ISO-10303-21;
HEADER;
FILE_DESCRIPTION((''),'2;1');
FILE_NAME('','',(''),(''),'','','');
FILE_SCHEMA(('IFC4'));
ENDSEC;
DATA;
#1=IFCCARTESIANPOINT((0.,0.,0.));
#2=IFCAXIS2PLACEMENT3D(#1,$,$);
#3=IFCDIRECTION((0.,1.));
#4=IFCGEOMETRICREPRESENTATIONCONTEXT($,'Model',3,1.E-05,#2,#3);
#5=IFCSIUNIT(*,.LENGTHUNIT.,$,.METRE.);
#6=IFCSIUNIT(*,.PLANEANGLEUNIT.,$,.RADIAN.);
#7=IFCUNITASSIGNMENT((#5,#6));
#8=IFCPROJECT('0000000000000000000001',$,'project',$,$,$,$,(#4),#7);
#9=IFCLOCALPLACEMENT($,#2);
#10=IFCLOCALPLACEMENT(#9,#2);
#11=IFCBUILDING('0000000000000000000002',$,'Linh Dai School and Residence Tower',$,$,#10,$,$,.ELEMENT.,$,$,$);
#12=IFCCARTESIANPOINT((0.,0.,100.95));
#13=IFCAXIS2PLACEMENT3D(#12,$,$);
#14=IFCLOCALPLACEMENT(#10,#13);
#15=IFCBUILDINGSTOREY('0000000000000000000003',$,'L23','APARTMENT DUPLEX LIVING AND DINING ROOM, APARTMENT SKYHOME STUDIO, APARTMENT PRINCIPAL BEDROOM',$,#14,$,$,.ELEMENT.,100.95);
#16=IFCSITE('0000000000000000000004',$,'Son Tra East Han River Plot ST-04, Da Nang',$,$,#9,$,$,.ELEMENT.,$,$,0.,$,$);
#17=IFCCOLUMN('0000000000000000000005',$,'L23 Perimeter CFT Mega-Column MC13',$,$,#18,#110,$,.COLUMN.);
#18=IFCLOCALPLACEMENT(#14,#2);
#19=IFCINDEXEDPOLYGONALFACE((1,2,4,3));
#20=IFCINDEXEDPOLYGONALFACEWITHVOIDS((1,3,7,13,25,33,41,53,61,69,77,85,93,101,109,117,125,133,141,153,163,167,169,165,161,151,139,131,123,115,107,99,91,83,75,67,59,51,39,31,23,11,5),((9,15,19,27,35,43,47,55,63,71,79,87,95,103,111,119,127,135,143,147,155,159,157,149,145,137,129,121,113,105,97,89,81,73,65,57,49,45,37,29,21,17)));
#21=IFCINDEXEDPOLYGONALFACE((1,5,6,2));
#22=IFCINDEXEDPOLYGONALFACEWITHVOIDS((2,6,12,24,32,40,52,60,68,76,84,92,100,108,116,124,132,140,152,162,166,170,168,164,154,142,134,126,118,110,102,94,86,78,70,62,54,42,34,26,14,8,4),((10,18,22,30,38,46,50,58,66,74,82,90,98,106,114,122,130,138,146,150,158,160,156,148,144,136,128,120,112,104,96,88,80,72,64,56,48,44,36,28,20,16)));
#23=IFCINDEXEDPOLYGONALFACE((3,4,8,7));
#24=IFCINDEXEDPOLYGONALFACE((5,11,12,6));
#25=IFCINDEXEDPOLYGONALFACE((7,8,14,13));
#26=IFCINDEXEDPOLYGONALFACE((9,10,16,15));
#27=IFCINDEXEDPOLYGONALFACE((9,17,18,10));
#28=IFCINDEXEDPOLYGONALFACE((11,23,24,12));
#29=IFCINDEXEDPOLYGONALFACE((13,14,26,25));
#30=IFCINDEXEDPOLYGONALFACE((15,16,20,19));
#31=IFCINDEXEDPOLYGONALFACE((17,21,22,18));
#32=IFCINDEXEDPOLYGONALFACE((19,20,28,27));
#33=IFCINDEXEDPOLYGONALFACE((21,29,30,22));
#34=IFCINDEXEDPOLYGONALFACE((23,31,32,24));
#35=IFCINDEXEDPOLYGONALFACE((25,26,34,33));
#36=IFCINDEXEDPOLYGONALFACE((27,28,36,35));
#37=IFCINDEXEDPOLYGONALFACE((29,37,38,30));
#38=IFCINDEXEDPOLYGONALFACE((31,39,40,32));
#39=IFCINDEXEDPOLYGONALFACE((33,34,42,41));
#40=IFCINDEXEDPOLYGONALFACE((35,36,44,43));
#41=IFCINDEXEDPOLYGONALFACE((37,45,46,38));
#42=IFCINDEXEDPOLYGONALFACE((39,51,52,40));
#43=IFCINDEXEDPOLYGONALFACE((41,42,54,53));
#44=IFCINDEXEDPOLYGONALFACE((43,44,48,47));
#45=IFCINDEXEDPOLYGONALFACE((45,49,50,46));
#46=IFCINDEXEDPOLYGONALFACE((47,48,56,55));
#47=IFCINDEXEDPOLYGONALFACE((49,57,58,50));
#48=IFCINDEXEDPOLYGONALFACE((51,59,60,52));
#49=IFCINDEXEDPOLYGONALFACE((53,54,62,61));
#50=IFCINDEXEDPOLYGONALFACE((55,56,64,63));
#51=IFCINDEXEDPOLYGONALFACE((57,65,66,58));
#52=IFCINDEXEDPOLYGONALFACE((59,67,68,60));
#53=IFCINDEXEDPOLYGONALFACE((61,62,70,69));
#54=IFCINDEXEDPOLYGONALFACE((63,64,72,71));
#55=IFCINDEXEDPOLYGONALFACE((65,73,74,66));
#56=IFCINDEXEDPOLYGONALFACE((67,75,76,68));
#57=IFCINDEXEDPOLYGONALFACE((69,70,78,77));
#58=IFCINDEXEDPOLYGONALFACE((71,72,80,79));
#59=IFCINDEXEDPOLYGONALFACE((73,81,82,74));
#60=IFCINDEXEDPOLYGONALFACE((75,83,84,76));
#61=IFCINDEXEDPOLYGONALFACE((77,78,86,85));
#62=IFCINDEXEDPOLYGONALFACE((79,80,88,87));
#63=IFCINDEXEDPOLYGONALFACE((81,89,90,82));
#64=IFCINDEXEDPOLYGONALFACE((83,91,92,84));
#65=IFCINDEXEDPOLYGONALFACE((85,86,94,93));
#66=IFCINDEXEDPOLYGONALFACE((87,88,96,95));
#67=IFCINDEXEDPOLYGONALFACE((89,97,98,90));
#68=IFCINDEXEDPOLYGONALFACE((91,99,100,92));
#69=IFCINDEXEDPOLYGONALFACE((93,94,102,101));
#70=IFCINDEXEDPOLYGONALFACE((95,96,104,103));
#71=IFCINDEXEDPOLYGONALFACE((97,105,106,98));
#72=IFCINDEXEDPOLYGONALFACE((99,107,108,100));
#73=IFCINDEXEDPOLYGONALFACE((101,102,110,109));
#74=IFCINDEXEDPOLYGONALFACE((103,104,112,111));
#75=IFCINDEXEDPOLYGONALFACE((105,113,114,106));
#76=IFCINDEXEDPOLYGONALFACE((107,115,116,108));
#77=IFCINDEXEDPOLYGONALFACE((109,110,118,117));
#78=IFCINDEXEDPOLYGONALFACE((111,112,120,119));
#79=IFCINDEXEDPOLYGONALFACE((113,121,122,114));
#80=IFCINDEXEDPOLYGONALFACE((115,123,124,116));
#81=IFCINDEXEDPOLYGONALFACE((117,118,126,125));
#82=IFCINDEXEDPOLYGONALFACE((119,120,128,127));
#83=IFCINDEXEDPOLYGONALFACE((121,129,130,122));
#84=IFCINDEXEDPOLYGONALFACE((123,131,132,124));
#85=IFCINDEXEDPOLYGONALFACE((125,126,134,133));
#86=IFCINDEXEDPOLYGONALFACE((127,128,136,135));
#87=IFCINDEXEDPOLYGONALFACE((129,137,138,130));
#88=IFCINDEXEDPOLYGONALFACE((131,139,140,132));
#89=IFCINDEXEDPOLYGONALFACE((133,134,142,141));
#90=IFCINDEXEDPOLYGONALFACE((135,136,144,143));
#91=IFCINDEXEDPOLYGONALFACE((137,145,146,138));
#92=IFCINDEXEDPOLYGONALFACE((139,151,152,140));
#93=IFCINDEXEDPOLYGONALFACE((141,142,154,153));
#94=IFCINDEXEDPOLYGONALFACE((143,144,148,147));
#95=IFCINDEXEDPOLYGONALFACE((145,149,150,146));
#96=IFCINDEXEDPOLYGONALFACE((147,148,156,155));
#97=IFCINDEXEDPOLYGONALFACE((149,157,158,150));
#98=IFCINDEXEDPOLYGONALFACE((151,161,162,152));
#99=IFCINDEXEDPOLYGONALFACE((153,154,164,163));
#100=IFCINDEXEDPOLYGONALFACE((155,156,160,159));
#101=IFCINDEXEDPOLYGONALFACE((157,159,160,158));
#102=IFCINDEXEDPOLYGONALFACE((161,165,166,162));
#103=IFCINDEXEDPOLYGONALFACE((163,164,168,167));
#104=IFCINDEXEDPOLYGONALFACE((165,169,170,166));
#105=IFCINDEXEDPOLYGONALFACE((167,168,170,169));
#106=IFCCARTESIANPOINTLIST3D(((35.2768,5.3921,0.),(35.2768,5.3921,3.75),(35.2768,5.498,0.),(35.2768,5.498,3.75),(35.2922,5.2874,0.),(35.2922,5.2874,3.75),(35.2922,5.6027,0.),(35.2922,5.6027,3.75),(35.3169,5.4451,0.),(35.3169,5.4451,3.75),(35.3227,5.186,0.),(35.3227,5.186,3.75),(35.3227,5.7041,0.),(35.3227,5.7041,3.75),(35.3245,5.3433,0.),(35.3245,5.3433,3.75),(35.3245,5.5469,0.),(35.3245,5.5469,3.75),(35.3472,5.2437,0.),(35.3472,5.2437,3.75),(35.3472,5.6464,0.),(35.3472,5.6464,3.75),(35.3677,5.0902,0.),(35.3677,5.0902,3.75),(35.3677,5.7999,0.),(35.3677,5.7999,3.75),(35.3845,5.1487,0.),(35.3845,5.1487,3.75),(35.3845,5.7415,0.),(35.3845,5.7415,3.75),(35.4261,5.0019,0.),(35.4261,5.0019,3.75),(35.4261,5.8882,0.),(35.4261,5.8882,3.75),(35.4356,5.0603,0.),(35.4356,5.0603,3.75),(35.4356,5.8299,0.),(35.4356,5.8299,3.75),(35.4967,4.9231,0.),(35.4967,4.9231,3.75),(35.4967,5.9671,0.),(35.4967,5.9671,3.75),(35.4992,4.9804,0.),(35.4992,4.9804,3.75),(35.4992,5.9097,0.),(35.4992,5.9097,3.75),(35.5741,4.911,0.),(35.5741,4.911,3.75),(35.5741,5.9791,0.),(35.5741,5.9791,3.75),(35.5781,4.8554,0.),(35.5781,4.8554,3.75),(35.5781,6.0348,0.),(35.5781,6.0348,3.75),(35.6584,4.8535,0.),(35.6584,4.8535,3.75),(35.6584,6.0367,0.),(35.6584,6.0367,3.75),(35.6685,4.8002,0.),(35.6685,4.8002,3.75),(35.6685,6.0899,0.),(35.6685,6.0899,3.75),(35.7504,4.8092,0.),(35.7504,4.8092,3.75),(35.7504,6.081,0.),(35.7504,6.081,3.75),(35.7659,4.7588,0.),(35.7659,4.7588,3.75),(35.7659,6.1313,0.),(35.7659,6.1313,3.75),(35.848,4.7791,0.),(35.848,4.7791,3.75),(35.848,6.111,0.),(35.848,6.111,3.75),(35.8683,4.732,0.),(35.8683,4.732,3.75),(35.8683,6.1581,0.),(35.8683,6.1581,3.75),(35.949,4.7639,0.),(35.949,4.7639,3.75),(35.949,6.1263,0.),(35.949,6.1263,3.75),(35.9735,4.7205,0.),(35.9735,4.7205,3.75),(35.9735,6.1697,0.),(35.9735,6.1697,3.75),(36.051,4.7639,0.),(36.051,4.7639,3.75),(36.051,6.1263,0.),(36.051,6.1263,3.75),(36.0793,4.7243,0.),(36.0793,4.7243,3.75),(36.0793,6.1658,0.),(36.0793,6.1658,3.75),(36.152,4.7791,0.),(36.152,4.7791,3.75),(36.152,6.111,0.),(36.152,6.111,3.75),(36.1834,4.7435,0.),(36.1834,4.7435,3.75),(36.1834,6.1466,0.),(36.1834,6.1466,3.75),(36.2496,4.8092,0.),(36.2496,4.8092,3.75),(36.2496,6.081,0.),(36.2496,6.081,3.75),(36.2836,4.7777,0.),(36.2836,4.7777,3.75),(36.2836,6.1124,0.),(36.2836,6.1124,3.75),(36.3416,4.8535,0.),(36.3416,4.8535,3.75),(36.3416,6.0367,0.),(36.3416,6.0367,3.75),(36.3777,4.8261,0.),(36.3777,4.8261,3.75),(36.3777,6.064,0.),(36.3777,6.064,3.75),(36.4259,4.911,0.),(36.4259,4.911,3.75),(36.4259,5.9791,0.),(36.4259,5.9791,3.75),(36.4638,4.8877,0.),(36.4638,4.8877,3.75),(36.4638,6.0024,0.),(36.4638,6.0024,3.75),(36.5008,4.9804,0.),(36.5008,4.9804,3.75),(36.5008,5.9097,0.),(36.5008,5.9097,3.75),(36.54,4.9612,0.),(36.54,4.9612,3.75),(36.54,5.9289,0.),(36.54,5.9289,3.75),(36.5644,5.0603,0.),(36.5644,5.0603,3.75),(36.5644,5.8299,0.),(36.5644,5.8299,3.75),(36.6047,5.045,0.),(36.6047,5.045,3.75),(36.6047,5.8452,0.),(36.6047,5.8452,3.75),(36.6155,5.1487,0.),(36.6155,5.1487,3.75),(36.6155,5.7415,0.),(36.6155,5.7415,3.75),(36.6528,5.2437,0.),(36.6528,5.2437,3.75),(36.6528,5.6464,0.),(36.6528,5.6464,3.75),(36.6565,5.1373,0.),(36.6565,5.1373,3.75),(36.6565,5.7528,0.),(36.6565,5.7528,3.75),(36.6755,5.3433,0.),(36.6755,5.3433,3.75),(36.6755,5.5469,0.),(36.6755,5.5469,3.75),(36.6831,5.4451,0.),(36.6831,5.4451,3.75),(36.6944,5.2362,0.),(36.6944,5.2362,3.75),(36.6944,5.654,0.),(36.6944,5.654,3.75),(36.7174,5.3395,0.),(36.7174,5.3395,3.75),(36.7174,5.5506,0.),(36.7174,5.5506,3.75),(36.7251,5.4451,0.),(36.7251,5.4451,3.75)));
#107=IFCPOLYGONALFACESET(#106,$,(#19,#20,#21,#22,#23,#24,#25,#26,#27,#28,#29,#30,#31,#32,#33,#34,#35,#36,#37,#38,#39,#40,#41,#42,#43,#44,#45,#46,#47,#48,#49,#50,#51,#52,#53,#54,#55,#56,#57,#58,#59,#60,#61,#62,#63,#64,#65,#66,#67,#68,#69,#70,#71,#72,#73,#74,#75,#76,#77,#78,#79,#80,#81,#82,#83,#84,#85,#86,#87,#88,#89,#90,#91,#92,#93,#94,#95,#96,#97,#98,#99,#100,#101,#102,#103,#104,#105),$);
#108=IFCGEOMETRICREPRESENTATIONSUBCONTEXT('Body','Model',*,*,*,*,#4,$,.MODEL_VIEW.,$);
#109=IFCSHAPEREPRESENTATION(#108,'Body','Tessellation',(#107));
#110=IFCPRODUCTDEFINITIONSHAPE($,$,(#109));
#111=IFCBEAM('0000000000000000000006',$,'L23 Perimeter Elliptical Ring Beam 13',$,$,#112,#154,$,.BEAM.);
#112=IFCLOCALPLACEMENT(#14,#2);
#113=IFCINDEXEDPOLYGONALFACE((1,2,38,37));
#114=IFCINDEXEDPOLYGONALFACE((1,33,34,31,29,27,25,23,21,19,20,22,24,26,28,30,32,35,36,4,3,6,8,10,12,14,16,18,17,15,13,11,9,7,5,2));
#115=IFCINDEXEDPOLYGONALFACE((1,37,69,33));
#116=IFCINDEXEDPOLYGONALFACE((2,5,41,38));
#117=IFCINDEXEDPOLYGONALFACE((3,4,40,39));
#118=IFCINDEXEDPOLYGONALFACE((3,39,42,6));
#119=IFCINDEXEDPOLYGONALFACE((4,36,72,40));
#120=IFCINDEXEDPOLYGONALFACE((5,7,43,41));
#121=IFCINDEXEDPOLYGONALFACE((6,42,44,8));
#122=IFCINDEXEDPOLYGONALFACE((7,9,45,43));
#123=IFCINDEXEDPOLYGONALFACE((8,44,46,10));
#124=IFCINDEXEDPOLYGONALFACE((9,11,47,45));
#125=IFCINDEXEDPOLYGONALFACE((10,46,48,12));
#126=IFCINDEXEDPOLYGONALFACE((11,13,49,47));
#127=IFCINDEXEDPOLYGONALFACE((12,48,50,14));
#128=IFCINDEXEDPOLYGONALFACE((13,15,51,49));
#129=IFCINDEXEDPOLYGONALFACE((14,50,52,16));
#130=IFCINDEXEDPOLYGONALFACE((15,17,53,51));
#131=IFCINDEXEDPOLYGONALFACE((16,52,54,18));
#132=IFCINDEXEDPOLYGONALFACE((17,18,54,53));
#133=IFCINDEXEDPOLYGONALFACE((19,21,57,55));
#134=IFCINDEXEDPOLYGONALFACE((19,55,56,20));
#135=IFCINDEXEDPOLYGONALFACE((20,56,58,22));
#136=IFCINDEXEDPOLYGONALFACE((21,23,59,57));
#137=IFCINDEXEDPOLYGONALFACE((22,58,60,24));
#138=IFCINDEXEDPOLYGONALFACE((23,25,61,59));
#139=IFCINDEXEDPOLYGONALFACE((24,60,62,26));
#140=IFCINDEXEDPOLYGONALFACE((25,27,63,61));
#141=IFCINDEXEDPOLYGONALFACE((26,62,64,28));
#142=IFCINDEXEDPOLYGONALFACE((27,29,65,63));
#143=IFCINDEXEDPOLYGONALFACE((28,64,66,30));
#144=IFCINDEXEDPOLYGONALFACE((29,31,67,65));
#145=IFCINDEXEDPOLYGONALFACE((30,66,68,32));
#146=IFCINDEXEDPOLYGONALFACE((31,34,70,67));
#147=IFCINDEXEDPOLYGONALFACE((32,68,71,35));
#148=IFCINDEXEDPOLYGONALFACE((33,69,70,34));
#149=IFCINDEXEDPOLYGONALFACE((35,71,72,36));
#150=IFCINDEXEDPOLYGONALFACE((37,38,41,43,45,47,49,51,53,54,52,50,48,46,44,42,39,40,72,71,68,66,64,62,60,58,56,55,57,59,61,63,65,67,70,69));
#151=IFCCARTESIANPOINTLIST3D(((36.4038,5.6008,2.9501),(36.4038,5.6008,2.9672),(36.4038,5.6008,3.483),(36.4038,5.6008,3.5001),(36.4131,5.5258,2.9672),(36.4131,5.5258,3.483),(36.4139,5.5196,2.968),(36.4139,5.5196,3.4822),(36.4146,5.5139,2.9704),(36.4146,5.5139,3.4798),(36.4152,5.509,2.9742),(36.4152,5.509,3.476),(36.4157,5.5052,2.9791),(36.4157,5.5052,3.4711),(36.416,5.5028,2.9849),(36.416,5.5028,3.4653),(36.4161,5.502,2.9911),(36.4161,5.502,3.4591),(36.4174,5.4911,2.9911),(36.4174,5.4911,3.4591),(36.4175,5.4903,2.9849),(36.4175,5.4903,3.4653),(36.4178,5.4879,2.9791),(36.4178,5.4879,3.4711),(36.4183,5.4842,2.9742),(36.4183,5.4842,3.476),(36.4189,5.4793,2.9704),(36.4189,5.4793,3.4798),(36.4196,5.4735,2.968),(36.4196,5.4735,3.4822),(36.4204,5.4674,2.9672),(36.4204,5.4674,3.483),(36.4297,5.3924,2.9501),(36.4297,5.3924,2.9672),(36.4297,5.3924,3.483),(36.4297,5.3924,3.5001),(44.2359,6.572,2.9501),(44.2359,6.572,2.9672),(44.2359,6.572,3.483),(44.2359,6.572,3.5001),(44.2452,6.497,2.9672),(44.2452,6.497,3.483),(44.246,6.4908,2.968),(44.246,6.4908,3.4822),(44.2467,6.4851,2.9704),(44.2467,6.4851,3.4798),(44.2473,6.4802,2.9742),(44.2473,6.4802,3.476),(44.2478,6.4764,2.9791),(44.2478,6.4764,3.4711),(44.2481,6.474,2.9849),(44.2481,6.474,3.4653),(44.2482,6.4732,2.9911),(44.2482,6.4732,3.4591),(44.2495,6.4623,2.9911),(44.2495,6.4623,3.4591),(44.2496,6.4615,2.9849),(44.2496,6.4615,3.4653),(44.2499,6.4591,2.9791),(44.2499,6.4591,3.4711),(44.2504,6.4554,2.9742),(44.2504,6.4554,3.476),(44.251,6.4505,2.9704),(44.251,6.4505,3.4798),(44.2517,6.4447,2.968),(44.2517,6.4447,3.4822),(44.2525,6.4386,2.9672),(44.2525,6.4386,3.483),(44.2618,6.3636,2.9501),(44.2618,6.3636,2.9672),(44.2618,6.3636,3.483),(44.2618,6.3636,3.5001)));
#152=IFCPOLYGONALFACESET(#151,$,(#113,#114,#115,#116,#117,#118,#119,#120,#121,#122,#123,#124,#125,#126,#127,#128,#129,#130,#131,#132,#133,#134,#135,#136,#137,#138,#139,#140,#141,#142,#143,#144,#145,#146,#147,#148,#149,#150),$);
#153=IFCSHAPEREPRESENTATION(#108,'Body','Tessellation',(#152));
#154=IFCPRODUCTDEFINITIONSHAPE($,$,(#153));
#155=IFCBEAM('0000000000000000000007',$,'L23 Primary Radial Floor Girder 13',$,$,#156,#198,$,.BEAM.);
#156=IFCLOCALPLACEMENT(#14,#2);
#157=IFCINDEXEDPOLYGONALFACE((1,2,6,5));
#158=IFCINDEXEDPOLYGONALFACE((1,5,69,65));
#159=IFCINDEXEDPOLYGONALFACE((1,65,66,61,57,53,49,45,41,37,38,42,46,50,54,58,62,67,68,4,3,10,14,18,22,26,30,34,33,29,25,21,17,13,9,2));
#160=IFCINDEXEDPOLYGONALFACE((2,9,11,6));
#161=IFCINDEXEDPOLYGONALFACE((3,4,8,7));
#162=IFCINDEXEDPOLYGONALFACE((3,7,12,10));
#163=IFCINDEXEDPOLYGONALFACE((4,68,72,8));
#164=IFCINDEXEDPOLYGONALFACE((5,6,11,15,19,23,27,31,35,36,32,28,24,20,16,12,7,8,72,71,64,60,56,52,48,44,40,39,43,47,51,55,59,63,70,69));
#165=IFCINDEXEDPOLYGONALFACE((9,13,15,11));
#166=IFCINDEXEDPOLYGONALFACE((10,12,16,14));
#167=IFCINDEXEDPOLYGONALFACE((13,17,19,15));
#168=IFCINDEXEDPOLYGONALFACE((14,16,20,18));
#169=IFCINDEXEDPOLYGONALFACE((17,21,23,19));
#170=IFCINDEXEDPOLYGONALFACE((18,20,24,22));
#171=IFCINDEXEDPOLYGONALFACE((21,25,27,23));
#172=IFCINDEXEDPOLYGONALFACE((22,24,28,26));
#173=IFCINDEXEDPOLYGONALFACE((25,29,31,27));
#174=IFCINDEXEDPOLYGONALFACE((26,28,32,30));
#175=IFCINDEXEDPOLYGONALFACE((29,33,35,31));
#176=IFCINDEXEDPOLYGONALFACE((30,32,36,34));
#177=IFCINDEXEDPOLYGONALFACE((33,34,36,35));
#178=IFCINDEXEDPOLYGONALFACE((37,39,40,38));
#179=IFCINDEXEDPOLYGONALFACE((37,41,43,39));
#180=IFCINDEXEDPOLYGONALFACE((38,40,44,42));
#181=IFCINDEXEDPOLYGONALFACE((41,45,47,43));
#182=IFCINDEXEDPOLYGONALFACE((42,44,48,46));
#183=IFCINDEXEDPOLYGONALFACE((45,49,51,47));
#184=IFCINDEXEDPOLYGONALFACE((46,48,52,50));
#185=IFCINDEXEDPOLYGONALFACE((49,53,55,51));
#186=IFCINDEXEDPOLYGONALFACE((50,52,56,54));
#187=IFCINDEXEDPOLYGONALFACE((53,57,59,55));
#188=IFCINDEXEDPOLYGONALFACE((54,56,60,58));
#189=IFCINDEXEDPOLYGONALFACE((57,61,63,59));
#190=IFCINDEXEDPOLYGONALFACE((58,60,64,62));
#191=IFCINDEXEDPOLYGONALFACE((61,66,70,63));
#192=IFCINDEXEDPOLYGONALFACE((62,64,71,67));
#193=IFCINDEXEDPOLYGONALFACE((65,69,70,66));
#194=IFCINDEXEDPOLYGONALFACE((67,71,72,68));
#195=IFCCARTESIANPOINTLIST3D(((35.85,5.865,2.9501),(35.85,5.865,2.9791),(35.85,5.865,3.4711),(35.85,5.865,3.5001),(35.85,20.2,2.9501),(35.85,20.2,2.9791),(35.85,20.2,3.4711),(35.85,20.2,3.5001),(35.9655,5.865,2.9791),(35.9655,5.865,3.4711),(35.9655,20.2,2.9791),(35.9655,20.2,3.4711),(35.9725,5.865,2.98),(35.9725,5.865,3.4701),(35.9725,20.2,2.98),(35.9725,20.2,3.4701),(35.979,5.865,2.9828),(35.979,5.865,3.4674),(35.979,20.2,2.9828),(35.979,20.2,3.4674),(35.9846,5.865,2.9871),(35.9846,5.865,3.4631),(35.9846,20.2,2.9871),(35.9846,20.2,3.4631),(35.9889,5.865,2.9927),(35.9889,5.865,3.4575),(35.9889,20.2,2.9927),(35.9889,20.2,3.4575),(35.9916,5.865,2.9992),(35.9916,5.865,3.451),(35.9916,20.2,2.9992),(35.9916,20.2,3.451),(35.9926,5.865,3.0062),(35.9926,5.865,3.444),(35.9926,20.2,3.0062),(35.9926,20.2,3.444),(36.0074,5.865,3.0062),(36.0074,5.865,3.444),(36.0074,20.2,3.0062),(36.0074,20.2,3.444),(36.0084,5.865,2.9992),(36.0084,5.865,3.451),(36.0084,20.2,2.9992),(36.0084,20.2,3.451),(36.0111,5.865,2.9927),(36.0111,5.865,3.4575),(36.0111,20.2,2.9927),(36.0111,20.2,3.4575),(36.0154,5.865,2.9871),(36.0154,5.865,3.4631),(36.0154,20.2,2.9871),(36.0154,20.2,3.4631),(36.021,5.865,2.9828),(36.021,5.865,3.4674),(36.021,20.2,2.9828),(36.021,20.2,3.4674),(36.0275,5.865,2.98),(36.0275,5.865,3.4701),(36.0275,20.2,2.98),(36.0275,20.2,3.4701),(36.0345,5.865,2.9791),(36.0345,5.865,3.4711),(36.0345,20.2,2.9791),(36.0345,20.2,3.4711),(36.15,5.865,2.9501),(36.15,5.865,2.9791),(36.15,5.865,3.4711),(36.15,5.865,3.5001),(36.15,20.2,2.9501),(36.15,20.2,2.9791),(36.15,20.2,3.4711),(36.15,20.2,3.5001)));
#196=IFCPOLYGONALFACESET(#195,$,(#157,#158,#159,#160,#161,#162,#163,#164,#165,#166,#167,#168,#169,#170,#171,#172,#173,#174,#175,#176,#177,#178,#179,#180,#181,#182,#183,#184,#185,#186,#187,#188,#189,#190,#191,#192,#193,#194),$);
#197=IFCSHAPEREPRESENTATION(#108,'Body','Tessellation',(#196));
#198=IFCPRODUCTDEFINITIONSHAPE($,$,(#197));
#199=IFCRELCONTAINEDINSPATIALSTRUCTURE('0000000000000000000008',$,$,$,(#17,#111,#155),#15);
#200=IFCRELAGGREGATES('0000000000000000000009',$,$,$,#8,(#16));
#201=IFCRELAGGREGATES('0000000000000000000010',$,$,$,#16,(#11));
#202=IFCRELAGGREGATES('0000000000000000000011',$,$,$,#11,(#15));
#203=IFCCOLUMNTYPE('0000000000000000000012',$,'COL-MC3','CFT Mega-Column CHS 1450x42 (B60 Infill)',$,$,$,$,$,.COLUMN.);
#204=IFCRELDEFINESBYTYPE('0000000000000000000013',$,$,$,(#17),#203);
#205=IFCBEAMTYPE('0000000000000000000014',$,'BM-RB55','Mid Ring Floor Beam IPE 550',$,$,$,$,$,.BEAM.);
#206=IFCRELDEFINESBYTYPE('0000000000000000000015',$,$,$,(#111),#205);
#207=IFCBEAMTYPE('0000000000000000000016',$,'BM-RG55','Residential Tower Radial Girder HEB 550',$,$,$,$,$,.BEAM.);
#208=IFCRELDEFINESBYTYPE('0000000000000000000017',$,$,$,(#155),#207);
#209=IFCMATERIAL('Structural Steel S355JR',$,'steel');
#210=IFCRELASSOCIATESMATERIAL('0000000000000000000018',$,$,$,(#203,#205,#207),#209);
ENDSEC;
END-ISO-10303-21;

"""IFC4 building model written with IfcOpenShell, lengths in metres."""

from ifc_helpers import new_model, si_unit, direction, frame, origin, origin_2d, place, context, subcontext, project, spatial, hollow_circle, i_section, extrude, material, material_profile, profile_set, type_object, element, save


model = new_model("IFC4")

# Units and contexts
model_context = context("Model", 3, precision=1e-05, world=origin(), true_north=direction((0.0, 1.0)))
body_context = subcontext(model_context, "Body", "Model", "MODEL_VIEW")
ifc_project = project(units=[si_unit("LENGTHUNIT", "METRE"), si_unit("PLANEANGLEUNIT", "RADIAN")], contexts=[model_context])

# Site, building, storey
site_placement = place(None, origin())
site = spatial("IfcSite", under=ifc_project, at=site_placement, Name="Son Tra East Han River Plot ST-04, Da Nang", CompositionType="ELEMENT", RefElevation=0.0)
building_placement = place(site_placement, origin())
building = spatial("IfcBuilding", under=site, at=building_placement, Name="Linh Dai School and Residence Tower", CompositionType="ELEMENT")
storey_placement = place(building_placement, frame((0.0, 0.0, 100.95)))
storey = spatial("IfcBuildingStorey", under=building, at=storey_placement, Name="L23", Description="APARTMENT DUPLEX LIVING AND DINING ROOM, APARTMENT SKYHOME STUDIO, APARTMENT PRINCIPAL BEDROOM", CompositionType="ELEMENT", Elevation=100.95)

# Column
ifc_material_1 = material(Name="Structural Steel S355JR", Category="steel")
ifc_material_profile_1 = material_profile(ifc_material_1, hollow_circle(Radius=0.7251, WallThickness=0.042, at=origin_2d()), Name="CHS 1450x42")
ifc_profile_set_1 = profile_set([ifc_material_profile_1], Name="Structural Steel S355JR")
column_type_1 = type_object("IfcColumnType", Name="COL-MC3", Description="CFT Mega-Column CHS 1450x42 (B60 Infill)", PredefinedType="COLUMN", material=ifc_profile_set_1)
column_placement = place(storey_placement, frame((36.0, 5.4451, 0.0), z_axis=(0.0, 0.0, 1.0), x_axis=(1.0, 0.0, 0.0)))
element("IfcColumn", 1, at=column_placement, inside=storey, type_object=column_type_1, Name="L23 Perimeter CFT Mega-Column MC13", PredefinedType="COLUMN", context=body_context, shape_type="SweptSolid", body=[
    extrude(hollow_circle(Radius=0.7251, WallThickness=0.042, at=origin_2d()), origin(), (0.0, 0.0, 1.0), 3.75),
])

# Beams
ifc_material_profile_2 = material_profile(ifc_material_1, i_section(OverallWidth=0.21, OverallDepth=0.55, WebThickness=0.011, FlangeThickness=0.0171, FilletRadius=0.0239, at=origin_2d()), Name="IPE 550")
ifc_profile_set_2 = profile_set([ifc_material_profile_2], Name="Structural Steel S355JR")
beam_type_1 = type_object("IfcBeamType", Name="BM-RB55", Description="Mid Ring Floor Beam IPE 550", PredefinedType="BEAM", material=ifc_profile_set_2)
beam_1_placement = place(storey_placement, frame((36.4167, 5.4966, 3.2251), z_axis=(0.992399, 0.12306, 0.0), x_axis=(-0.12306, 0.992399, 0.0)))
element("IfcBeam", 2, at=beam_1_placement, inside=storey, type_object=beam_type_1, Name="L23 Perimeter Elliptical Ring Beam 13", PredefinedType="BEAM", context=body_context, shape_type="SweptSolid", body=[
    extrude(i_section(OverallWidth=0.21, OverallDepth=0.55, WebThickness=0.011, FlangeThickness=0.0171, FilletRadius=0.0239, at=origin_2d()), origin(), (0.0, 0.0, 1.0), 7.8921),
])
ifc_material_profile_3 = material_profile(ifc_material_1, i_section(OverallWidth=0.3, OverallDepth=0.55, WebThickness=0.0149, FlangeThickness=0.0291, FilletRadius=0.0271, at=origin_2d()), Name="HEB 550")
ifc_profile_set_3 = profile_set([ifc_material_profile_3], Name="Structural Steel S355JR")
beam_type_2 = type_object("IfcBeamType", Name="BM-RG55", Description="Residential Tower Radial Girder HEB 550", PredefinedType="BEAM", material=ifc_profile_set_3)
beam_2_placement = place(storey_placement, frame((36.0, 20.2, 3.2251), z_axis=(0.0, -1.0, 0.0), x_axis=(1.0, 0.0, 0.0)))
element("IfcBeam", 3, at=beam_2_placement, inside=storey, type_object=beam_type_2, Name="L23 Primary Radial Floor Girder 13", PredefinedType="BEAM", context=body_context, shape_type="SweptSolid", body=[
    extrude(i_section(OverallWidth=0.3, OverallDepth=0.55, WebThickness=0.0149, FlangeThickness=0.0291, FilletRadius=0.0271, at=origin_2d()), origin(), (0.0, 0.0, 1.0), 14.335),
])

save(model, "model.ifc")
